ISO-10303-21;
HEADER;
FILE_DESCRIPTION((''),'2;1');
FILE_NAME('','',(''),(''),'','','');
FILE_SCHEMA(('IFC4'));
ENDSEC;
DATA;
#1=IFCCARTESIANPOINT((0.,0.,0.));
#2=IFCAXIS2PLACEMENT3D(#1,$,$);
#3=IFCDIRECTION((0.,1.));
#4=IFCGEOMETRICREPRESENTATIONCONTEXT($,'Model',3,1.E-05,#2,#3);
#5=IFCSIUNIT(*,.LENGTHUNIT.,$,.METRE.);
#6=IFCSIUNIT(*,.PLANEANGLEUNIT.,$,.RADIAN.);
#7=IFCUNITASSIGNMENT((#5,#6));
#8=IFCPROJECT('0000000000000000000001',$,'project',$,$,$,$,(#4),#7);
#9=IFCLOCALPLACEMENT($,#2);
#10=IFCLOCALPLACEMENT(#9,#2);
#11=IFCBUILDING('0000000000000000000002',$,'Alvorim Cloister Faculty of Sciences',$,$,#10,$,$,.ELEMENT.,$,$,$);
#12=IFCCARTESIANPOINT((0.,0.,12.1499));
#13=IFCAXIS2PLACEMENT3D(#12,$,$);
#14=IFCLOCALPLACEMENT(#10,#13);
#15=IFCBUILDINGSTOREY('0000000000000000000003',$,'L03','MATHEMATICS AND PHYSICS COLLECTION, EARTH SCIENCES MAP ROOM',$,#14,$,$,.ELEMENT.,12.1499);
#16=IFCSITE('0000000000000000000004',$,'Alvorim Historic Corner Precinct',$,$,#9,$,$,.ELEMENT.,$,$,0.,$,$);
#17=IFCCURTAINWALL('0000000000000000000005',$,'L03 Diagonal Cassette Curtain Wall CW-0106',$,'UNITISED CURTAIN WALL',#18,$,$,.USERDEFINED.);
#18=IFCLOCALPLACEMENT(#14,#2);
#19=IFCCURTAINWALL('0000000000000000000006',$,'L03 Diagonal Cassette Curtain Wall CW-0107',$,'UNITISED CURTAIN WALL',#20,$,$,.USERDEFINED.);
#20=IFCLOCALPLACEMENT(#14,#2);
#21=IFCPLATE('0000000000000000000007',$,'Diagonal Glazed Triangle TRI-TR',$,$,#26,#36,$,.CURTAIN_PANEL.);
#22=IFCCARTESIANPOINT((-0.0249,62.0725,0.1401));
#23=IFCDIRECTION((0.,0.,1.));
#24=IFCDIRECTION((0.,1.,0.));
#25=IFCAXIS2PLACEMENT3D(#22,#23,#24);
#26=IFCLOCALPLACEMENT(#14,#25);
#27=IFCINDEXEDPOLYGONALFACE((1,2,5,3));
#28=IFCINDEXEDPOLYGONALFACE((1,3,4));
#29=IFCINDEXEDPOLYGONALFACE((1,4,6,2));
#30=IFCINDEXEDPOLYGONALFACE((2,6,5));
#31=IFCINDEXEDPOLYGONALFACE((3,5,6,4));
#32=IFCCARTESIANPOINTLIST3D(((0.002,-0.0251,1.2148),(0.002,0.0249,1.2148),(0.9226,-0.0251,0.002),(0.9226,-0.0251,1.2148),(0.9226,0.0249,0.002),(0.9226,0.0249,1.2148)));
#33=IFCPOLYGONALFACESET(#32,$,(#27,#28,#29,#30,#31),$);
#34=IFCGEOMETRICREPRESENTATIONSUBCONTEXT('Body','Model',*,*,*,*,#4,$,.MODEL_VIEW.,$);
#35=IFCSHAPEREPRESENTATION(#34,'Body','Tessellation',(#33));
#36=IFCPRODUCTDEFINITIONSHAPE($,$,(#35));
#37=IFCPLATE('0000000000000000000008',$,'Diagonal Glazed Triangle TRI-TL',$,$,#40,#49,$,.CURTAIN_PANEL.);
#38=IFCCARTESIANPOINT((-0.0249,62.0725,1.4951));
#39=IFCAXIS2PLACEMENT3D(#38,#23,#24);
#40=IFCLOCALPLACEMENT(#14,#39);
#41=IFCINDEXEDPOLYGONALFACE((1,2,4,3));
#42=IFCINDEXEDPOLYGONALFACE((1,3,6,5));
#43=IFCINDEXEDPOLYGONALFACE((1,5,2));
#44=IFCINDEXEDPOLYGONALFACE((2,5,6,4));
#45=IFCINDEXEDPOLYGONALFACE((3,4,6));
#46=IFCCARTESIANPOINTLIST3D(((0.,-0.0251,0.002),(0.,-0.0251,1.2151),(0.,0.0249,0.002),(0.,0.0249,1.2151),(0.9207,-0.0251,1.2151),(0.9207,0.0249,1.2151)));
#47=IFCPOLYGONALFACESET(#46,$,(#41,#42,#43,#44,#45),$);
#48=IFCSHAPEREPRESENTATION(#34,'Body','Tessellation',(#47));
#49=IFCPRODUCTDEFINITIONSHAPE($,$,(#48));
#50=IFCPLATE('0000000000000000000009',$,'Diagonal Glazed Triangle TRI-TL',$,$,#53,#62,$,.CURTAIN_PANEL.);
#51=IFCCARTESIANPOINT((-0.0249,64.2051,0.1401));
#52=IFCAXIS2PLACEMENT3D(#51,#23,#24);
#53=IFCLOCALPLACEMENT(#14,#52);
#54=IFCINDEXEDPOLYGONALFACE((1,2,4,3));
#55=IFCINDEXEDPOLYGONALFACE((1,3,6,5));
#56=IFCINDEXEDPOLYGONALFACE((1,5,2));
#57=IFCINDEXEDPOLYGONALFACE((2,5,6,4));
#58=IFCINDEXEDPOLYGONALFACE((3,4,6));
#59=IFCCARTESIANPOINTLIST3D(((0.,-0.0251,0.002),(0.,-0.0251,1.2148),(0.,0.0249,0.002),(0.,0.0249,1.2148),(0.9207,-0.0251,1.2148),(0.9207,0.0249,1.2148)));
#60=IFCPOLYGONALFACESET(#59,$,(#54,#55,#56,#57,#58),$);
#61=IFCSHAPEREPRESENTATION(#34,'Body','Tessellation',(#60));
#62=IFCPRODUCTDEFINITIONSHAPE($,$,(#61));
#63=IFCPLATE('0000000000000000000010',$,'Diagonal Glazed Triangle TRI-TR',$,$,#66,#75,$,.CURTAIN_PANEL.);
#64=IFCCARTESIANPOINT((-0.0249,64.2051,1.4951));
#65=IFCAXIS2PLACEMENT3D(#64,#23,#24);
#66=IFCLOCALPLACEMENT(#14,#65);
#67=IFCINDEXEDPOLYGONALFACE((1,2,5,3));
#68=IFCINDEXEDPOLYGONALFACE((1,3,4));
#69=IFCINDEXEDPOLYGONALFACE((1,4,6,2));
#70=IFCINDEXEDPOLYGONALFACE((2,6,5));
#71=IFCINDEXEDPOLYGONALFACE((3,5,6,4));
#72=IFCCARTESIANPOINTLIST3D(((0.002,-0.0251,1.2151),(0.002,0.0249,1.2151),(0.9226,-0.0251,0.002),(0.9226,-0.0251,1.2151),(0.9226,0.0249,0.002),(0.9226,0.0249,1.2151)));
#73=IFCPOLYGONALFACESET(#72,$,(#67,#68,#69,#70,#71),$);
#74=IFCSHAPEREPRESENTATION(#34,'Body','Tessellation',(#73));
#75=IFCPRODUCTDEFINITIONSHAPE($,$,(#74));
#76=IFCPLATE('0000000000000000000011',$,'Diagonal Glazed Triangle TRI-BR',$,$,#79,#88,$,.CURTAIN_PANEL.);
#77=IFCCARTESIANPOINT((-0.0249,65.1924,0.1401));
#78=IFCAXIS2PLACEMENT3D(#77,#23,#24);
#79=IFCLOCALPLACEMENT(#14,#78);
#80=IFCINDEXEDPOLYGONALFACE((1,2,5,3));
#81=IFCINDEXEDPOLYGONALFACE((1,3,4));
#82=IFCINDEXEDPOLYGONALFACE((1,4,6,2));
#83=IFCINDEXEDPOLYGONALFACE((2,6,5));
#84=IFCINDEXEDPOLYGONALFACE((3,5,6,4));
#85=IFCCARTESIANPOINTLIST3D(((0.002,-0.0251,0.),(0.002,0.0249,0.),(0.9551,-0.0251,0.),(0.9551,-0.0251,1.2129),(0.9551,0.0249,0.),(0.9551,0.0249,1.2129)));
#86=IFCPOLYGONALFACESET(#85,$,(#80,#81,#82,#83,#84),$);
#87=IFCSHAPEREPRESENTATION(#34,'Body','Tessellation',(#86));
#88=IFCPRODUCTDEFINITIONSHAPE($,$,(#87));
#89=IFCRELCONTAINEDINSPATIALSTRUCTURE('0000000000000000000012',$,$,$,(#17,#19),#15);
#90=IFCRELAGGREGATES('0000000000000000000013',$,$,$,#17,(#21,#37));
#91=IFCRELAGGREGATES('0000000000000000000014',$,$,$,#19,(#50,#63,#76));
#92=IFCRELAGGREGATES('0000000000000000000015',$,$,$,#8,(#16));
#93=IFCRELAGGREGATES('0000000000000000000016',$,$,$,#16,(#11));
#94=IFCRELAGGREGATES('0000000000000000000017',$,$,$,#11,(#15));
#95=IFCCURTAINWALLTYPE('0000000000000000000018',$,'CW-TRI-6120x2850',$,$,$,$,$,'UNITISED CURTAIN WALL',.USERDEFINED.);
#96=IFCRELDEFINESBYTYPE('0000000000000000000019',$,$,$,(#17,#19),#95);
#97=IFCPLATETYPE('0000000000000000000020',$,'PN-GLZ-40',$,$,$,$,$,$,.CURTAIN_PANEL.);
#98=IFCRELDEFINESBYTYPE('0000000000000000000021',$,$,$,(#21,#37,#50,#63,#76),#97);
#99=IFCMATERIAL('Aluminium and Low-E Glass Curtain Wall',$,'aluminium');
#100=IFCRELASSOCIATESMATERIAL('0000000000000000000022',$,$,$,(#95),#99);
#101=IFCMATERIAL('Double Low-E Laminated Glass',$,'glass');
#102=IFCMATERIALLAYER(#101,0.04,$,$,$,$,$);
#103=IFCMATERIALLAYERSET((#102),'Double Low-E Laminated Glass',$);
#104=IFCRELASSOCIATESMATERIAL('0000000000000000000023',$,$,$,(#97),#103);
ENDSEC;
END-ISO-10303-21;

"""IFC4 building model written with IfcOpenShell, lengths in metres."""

from ifc_helpers import new_model, si_unit, direction, frame, origin, place, context, subcontext, project, spatial, polyline, outline, extrude, material, layer, layer_set, type_object, element, aggregate, save


model = new_model("IFC4")

# Units and contexts
model_context = context("Model", 3, precision=1e-05, world=origin(), true_north=direction((0.0, 1.0)))
body_context = subcontext(model_context, "Body", "Model", "MODEL_VIEW")
ifc_project = project(units=[si_unit("LENGTHUNIT", "METRE"), si_unit("PLANEANGLEUNIT", "RADIAN")], contexts=[model_context])

# Site, building, storey
site_placement = place(None, origin())
site = spatial("IfcSite", under=ifc_project, at=site_placement, Name="Alvorim Historic Corner Precinct", CompositionType="ELEMENT", RefElevation=0.0)
building_placement = place(site_placement, origin())
building = spatial("IfcBuilding", under=site, at=building_placement, Name="Alvorim Cloister Faculty of Sciences", CompositionType="ELEMENT")
storey_placement = place(building_placement, frame((0.0, 0.0, 12.1499)))
storey = spatial("IfcBuildingStorey", under=building, at=storey_placement, Name="L03", Description="MATHEMATICS AND PHYSICS COLLECTION, EARTH SCIENCES MAP ROOM", CompositionType="ELEMENT", Elevation=12.1499)

# Curtain walls
ifc_material_1 = material(Name="Aluminium and Low-E Glass Curtain Wall", Category="aluminium")
curtain_wall_type = type_object("IfcCurtainWallType", Name="CW-TRI-6120x2850", ElementType="UNITISED CURTAIN WALL", PredefinedType="USERDEFINED", material=ifc_material_1)
curtain_wall_1_placement = place(storey_placement, origin())
curtain_wall_1 = element("IfcCurtainWall", 1, at=curtain_wall_1_placement, inside=storey, type_object=curtain_wall_type, Name="L03 Diagonal Cassette Curtain Wall CW-0106", ObjectType="UNITISED CURTAIN WALL", PredefinedType="USERDEFINED")
curtain_wall_2_placement = place(storey_placement, origin())
curtain_wall_2 = element("IfcCurtainWall", 2, at=curtain_wall_2_placement, inside=storey, type_object=curtain_wall_type, Name="L03 Diagonal Cassette Curtain Wall CW-0107", ObjectType="UNITISED CURTAIN WALL", PredefinedType="USERDEFINED")

# Plates
ifc_material_2 = material(Name="Double Low-E Laminated Glass", Category="glass")
ifc_layer_1 = layer(ifc_material_2, 0.04)
ifc_layer_set_1 = layer_set([ifc_layer_1], Name="Double Low-E Laminated Glass")
plate_type = type_object("IfcPlateType", Name="PN-GLZ-40", PredefinedType="CURTAIN_PANEL", material=ifc_layer_set_1)
plate_1_placement = place(storey_placement, frame((-0.0249, 62.0725, 0.1401), z_axis=(0.0, 0.0, 1.0), x_axis=(0.0, 1.0, 0.0)))
plate_1 = element("IfcPlate", 3, at=plate_1_placement, type_object=plate_type, Name="Diagonal Glazed Triangle TRI-TR", PredefinedType="CURTAIN_PANEL", context=body_context, shape_type="SweptSolid", body=[
    extrude(outline(polyline([(0.9226, 0.002), (0.9226, 1.2148), (0.002, 1.2148), (0.9226, 0.002)])), frame((0.0, 0.0249, 0.0), z_axis=(0.0, -1.0, 0.0), x_axis=(1.0, 0.0, 0.0)), (0.0, 0.0, 1.0), 0.05),
])
plate_2_placement = place(storey_placement, frame((-0.0249, 62.0725, 1.4951), z_axis=(0.0, 0.0, 1.0), x_axis=(0.0, 1.0, 0.0)))
plate_2 = element("IfcPlate", 4, at=plate_2_placement, type_object=plate_type, Name="Diagonal Glazed Triangle TRI-TL", PredefinedType="CURTAIN_PANEL", context=body_context, shape_type="SweptSolid", body=[
    extrude(outline(polyline([(0.9207, 1.2151), (0.0, 1.2151), (0.0, 0.002), (0.9207, 1.2151)])), frame((0.0, 0.0249, 0.0), z_axis=(0.0, -1.0, 0.0), x_axis=(1.0, 0.0, 0.0)), (0.0, 0.0, 1.0), 0.05),
])
aggregate(curtain_wall_1, [plate_1, plate_2])
plate_3_placement = place(storey_placement, frame((-0.0249, 64.2051, 0.1401), z_axis=(0.0, 0.0, 1.0), x_axis=(0.0, 1.0, 0.0)))
plate_3 = element("IfcPlate", 5, at=plate_3_placement, type_object=plate_type, Name="Diagonal Glazed Triangle TRI-TL", PredefinedType="CURTAIN_PANEL", context=body_context, shape_type="SweptSolid", body=[
    extrude(outline(polyline([(0.9207, 1.2148), (0.0, 1.2148), (0.0, 0.002), (0.9207, 1.2148)])), frame((0.0, 0.0249, 0.0), z_axis=(0.0, -1.0, 0.0), x_axis=(1.0, 0.0, 0.0)), (0.0, 0.0, 1.0), 0.05),
])
plate_4_placement = place(storey_placement, frame((-0.0249, 64.2051, 1.4951), z_axis=(0.0, 0.0, 1.0), x_axis=(0.0, 1.0, 0.0)))
plate_4 = element("IfcPlate", 6, at=plate_4_placement, type_object=plate_type, Name="Diagonal Glazed Triangle TRI-TR", PredefinedType="CURTAIN_PANEL", context=body_context, shape_type="SweptSolid", body=[
    extrude(outline(polyline([(0.9226, 0.002), (0.9226, 1.2151), (0.002, 1.2151), (0.9226, 0.002)])), frame((0.0, 0.0249, 0.0), z_axis=(0.0, -1.0, 0.0), x_axis=(1.0, 0.0, 0.0)), (0.0, 0.0, 1.0), 0.05),
])
plate_5_placement = place(storey_placement, frame((-0.0249, 65.1924, 0.1401), z_axis=(0.0, 0.0, 1.0), x_axis=(0.0, 1.0, 0.0)))
plate_5 = element("IfcPlate", 7, at=plate_5_placement, type_object=plate_type, Name="Diagonal Glazed Triangle TRI-BR", PredefinedType="CURTAIN_PANEL", context=body_context, shape_type="SweptSolid", body=[
    extrude(outline(polyline([(0.002, 0.0), (0.9551, 0.0), (0.9551, 1.2129), (0.002, 0.0)])), frame((0.0, 0.0249, 0.0), z_axis=(0.0, -1.0, 0.0), x_axis=(1.0, 0.0, 0.0)), (0.0, 0.0, 1.0), 0.05),
])
aggregate(curtain_wall_2, [plate_3, plate_4, plate_5])

save(model, "model.ifc")
